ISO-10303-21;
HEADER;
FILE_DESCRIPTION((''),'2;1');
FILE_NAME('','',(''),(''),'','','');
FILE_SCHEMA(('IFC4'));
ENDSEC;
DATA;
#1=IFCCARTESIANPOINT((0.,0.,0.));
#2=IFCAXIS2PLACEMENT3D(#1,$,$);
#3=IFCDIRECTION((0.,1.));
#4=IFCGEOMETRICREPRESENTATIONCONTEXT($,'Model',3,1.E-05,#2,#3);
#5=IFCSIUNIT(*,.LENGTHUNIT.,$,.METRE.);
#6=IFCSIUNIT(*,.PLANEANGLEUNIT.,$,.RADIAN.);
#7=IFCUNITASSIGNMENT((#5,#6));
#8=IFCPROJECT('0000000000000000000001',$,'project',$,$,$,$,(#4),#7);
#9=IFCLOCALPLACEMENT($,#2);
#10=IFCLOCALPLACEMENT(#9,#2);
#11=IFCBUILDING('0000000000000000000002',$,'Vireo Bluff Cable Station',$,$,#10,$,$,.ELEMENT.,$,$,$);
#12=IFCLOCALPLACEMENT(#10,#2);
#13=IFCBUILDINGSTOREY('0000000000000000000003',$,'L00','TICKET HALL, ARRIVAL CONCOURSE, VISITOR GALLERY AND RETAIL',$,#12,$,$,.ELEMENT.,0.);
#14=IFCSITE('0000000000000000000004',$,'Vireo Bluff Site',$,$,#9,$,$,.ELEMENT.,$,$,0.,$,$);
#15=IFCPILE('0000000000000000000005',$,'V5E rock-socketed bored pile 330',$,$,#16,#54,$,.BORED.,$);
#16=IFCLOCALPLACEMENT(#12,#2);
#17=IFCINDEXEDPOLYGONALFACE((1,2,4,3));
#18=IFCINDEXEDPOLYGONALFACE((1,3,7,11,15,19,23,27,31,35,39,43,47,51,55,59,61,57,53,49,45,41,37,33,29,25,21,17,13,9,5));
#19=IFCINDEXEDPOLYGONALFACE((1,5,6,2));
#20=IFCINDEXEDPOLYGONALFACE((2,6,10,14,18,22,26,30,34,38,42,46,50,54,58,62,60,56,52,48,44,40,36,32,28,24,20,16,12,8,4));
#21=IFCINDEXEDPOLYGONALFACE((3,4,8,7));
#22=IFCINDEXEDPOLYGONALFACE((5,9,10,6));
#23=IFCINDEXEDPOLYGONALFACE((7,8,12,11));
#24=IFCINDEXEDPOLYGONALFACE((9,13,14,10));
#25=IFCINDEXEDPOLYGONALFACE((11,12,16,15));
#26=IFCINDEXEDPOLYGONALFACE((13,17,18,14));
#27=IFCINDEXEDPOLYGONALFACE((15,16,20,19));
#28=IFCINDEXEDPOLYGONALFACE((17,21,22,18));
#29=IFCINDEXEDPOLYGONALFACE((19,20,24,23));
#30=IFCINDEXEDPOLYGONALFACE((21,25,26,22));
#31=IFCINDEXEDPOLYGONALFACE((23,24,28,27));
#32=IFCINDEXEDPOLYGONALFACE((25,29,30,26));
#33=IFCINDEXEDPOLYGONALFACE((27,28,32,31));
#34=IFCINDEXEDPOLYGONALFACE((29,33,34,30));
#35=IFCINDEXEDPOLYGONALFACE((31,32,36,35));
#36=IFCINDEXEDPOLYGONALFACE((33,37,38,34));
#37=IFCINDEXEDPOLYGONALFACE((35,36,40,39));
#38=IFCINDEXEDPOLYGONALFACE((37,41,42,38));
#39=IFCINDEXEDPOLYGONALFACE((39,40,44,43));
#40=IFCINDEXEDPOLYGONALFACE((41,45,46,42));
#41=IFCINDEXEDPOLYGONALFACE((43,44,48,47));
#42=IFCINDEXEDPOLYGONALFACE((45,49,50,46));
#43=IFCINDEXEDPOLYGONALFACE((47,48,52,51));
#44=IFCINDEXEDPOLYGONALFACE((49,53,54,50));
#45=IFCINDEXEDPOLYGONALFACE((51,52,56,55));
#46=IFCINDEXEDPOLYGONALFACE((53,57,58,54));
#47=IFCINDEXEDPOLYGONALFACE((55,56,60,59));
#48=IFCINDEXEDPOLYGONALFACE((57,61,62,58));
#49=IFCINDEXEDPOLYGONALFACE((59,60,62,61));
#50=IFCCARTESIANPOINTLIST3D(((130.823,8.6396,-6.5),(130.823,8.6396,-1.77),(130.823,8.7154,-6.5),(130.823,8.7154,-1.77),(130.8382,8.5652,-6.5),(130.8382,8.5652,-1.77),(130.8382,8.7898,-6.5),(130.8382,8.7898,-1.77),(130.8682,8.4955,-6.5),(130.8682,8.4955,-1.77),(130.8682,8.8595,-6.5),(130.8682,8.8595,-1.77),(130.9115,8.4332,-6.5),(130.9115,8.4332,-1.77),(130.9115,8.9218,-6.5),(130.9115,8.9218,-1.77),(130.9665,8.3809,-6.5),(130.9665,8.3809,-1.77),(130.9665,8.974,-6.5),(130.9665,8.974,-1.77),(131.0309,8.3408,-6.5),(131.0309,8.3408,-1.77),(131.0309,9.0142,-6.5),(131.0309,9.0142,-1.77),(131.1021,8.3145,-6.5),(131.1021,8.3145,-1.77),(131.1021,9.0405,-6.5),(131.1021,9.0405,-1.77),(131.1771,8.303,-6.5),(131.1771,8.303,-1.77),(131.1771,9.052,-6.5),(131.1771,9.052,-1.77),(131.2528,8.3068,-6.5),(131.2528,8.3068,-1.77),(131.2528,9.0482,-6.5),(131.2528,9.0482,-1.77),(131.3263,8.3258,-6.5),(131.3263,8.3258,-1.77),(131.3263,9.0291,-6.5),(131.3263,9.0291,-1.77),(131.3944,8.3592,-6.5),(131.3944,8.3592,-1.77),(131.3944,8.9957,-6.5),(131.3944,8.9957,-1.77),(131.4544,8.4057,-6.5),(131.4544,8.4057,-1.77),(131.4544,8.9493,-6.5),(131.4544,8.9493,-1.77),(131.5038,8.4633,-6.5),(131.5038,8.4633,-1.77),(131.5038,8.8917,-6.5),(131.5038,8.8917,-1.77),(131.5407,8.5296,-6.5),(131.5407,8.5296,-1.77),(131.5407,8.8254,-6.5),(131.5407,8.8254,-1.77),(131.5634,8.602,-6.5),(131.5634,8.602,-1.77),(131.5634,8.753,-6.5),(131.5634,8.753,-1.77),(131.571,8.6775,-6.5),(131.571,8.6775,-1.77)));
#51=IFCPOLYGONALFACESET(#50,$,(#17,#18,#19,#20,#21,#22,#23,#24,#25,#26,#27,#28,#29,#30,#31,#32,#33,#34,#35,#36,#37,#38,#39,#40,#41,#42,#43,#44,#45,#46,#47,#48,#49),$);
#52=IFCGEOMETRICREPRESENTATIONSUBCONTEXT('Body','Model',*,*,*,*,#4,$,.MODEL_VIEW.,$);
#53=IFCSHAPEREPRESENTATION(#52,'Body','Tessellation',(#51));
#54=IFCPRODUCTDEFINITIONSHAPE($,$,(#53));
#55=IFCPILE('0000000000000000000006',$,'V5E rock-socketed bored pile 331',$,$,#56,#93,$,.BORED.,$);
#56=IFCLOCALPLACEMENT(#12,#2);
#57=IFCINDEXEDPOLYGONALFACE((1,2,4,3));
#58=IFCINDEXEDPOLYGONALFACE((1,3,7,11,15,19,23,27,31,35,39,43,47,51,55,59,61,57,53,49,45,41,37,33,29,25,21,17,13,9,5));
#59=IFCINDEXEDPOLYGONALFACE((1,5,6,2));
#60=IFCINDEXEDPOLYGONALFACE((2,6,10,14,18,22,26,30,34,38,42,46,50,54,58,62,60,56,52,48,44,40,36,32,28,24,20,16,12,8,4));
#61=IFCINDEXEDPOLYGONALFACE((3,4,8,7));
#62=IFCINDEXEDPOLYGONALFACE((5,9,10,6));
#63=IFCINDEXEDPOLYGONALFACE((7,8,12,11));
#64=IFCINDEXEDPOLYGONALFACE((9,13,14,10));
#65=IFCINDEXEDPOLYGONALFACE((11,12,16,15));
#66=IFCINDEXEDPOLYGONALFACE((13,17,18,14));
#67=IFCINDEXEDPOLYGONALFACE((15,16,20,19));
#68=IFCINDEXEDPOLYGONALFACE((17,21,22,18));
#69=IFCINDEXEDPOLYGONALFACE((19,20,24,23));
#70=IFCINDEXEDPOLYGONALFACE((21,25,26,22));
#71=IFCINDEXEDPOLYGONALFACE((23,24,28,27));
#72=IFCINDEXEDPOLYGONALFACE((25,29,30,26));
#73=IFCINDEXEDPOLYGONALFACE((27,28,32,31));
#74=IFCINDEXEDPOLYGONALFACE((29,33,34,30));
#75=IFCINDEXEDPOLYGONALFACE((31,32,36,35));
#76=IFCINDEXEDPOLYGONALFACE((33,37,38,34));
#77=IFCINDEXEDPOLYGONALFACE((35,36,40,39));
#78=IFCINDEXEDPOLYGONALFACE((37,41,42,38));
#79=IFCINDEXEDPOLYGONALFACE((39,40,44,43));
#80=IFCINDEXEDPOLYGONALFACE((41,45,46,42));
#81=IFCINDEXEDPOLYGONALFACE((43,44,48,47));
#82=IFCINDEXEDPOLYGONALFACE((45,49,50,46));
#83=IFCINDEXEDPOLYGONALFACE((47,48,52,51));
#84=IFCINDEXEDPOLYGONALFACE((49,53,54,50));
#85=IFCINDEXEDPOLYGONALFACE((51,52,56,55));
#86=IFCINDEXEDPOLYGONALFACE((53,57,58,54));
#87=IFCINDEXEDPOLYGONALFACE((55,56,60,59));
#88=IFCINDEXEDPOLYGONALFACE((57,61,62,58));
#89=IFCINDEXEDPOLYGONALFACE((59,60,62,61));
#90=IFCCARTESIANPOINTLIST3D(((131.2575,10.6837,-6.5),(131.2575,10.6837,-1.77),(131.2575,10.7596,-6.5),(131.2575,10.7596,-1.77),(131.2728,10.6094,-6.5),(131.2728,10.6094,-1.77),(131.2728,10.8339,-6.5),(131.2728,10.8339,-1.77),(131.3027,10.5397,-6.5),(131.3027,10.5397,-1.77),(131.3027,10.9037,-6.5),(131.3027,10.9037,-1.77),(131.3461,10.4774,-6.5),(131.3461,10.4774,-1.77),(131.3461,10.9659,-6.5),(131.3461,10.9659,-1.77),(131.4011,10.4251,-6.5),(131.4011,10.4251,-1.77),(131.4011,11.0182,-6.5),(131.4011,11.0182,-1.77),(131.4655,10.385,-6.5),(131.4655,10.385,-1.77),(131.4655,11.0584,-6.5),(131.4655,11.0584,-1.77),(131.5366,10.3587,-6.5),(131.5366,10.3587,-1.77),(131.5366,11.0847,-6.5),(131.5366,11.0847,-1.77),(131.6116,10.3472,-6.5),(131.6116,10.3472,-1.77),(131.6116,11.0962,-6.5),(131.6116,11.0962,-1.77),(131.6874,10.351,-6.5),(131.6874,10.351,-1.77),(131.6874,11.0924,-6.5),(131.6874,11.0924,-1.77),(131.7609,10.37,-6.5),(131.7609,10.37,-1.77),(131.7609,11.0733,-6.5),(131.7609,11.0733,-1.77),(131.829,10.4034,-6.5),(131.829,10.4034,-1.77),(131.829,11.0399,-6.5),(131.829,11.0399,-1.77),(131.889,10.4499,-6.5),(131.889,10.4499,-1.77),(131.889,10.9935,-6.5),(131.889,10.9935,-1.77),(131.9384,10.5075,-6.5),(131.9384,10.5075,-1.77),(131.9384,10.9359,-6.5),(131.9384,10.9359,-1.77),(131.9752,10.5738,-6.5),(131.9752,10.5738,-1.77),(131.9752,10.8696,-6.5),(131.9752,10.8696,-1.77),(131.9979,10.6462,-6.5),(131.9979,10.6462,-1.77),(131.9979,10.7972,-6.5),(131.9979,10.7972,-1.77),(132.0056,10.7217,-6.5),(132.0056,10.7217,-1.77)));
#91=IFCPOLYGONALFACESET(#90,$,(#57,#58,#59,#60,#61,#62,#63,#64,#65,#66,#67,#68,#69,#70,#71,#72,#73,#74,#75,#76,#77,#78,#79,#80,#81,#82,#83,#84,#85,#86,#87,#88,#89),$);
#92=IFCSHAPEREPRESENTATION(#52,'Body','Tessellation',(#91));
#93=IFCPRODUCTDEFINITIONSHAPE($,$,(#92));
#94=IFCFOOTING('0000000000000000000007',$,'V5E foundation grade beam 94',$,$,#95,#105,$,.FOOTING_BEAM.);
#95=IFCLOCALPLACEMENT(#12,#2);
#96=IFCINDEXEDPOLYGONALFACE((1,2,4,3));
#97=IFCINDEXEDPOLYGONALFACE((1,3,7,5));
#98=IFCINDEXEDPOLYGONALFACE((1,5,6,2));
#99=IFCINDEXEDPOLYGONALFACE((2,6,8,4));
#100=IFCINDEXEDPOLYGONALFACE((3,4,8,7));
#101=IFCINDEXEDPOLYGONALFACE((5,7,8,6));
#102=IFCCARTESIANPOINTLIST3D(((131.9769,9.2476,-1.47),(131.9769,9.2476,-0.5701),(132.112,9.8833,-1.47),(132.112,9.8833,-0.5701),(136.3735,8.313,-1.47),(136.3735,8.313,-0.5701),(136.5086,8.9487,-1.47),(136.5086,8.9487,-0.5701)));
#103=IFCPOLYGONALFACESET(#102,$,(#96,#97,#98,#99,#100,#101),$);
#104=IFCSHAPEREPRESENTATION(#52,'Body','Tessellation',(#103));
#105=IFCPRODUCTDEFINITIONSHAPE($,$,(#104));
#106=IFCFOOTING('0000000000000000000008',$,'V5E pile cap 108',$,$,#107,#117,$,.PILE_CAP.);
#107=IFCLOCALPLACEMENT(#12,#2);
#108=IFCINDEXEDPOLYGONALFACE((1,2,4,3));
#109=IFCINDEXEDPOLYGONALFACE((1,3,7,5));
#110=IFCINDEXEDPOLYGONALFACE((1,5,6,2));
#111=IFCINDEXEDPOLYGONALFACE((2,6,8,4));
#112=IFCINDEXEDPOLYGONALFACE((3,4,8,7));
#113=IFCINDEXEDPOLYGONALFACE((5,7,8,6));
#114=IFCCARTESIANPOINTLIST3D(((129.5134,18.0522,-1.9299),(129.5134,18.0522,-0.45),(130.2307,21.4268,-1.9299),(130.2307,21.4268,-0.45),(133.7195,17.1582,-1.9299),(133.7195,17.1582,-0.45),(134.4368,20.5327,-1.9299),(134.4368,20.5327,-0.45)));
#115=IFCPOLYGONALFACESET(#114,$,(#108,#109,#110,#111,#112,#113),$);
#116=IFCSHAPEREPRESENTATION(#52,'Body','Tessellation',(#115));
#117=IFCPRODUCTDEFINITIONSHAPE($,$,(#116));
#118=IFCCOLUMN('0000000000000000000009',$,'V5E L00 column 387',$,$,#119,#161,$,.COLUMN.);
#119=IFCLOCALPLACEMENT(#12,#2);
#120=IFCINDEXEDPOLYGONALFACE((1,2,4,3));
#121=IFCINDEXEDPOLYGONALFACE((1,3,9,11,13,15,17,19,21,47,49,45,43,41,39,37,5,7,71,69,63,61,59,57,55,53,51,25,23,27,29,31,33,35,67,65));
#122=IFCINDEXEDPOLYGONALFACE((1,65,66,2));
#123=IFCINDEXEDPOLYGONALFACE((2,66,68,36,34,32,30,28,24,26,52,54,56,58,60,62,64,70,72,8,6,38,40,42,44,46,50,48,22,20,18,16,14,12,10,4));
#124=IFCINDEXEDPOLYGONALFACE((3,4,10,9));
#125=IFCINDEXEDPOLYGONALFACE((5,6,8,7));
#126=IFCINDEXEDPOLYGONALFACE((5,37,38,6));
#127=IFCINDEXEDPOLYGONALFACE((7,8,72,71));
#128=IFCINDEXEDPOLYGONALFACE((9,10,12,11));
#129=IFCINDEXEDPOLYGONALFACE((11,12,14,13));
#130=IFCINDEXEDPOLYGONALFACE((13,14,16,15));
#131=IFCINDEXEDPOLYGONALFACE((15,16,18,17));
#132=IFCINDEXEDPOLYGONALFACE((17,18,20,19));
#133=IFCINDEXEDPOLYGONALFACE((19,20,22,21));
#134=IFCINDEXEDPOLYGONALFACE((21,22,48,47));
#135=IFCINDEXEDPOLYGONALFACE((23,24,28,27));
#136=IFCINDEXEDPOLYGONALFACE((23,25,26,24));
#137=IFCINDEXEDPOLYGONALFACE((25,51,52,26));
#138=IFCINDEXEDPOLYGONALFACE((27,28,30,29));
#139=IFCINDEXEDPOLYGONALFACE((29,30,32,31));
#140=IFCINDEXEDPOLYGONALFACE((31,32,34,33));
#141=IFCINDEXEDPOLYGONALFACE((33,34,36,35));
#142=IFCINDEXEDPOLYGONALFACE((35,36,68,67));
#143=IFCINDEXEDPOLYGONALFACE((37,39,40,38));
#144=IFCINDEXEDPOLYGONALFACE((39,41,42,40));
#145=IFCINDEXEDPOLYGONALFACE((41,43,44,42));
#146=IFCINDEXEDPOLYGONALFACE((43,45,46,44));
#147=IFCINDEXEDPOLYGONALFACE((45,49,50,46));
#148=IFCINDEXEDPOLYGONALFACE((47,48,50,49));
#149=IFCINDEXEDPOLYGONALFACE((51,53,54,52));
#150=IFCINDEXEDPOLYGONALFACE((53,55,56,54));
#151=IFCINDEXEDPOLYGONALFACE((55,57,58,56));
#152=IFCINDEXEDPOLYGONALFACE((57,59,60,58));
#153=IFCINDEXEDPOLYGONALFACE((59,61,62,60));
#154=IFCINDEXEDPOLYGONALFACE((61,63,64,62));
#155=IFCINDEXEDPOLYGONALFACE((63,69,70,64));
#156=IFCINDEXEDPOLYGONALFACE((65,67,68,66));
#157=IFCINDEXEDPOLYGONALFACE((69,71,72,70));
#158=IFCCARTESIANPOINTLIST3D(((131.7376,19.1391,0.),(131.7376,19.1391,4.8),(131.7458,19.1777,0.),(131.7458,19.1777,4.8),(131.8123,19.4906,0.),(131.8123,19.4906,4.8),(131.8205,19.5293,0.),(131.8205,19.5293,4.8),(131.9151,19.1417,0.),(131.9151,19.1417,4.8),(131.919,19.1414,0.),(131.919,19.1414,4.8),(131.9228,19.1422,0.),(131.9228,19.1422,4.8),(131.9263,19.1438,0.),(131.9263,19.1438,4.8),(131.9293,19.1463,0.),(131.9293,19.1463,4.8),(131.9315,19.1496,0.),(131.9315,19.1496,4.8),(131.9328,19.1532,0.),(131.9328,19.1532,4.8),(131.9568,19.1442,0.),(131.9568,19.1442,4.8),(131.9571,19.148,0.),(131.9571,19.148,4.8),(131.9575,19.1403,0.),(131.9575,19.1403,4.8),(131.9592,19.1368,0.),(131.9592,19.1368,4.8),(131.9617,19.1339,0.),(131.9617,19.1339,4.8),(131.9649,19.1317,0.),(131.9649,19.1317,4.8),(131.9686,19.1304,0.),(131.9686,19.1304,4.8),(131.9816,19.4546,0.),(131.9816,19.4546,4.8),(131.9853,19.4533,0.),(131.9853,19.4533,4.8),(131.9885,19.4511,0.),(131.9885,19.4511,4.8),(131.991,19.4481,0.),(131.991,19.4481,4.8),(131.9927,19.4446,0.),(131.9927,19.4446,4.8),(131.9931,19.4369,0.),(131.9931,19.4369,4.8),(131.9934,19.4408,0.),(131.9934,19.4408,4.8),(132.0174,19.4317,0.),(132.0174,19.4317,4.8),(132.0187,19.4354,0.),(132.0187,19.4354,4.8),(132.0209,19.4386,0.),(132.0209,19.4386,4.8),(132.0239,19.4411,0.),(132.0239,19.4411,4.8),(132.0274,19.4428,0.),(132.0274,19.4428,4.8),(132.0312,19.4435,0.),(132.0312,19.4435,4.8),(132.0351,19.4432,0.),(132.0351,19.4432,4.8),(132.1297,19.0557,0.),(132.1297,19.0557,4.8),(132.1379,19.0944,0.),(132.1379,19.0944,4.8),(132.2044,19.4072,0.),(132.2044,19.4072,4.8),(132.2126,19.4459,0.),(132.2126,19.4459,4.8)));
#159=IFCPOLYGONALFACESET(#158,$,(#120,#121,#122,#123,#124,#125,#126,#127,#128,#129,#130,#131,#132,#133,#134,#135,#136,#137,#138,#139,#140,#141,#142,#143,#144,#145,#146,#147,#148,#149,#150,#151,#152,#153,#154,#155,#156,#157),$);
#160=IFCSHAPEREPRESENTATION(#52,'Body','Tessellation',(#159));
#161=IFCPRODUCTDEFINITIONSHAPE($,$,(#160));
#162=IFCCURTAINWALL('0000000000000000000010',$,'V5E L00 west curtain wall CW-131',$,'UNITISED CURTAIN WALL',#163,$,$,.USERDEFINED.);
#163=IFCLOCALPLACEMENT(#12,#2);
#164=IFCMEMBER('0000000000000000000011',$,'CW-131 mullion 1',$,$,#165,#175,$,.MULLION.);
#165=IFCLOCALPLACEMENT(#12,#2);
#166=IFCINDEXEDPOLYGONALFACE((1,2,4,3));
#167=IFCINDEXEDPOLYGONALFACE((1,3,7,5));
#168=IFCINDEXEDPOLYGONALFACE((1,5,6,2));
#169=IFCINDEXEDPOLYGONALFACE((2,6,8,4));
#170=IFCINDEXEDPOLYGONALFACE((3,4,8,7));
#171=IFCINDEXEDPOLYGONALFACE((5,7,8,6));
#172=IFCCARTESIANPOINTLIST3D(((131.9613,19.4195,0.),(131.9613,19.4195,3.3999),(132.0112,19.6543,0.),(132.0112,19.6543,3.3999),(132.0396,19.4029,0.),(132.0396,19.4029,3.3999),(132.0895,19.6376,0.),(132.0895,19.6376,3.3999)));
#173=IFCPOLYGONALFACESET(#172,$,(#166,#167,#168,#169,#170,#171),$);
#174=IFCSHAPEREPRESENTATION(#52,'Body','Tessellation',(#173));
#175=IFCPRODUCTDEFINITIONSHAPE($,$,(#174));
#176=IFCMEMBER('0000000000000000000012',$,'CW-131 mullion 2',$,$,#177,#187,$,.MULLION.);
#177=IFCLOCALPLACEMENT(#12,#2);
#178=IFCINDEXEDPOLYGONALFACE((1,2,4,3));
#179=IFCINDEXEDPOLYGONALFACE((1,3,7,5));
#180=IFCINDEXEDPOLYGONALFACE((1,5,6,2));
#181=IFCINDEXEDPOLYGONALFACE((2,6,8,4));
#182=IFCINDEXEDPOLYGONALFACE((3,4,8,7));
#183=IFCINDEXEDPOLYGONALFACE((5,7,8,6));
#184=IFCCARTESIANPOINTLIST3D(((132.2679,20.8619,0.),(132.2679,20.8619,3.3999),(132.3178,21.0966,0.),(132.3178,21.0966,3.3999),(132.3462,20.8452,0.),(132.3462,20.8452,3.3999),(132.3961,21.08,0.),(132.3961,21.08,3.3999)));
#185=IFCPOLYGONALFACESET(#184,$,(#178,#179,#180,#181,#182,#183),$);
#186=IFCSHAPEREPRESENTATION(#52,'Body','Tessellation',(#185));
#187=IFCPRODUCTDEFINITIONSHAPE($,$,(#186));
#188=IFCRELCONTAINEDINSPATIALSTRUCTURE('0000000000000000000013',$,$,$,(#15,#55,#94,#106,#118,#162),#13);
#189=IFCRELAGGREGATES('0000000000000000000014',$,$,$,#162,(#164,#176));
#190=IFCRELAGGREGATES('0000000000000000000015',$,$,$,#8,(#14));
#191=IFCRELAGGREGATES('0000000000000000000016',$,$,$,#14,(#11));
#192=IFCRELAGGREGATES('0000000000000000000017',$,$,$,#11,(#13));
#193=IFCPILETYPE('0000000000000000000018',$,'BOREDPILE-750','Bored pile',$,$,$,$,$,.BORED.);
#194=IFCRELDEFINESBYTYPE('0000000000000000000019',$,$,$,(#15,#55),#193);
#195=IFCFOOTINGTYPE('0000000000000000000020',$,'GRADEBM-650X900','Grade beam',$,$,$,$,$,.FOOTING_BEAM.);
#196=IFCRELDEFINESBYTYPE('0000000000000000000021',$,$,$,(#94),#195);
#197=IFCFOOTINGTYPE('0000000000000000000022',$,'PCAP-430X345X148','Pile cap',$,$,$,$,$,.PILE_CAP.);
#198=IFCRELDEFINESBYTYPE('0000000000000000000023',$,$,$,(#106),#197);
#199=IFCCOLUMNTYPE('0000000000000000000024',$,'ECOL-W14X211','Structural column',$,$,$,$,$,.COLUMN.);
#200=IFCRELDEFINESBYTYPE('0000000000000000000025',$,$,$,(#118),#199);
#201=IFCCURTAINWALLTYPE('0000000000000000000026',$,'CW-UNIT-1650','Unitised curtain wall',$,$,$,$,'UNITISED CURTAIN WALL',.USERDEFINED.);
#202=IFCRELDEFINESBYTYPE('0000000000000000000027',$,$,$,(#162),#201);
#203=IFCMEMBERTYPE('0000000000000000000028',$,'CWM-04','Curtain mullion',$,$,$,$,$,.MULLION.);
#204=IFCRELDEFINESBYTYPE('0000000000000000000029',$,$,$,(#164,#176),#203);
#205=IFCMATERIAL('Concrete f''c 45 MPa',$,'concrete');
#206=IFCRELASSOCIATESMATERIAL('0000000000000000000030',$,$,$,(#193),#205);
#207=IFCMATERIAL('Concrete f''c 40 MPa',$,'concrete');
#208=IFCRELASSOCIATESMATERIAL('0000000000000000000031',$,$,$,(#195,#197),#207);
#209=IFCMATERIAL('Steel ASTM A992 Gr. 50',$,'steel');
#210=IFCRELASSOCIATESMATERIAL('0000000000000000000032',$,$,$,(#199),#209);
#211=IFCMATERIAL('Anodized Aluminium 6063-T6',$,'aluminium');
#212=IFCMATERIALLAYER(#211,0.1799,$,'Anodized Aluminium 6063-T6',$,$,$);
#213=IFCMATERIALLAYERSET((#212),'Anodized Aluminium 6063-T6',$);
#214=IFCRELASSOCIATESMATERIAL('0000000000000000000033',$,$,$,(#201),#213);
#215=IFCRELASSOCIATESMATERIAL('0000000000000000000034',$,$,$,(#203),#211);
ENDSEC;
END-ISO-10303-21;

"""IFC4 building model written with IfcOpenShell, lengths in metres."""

from ifc_helpers import new_model, si_unit, direction, frame, origin, origin_2d, place, context, subcontext, project, spatial, rectangle, circle, i_section, extrude, material, layer, layer_set, material_profile, profile_set, type_object, element, aggregate, save


model = new_model("IFC4")

# Units and contexts
model_context = context("Model", 3, precision=1e-05, world=origin(), true_north=direction((0.0, 1.0)))
body_context = subcontext(model_context, "Body", "Model", "MODEL_VIEW")
ifc_project = project(units=[si_unit("LENGTHUNIT", "METRE"), si_unit("PLANEANGLEUNIT", "RADIAN")], contexts=[model_context])

# Site, building, storey
site_placement = place(None, origin())
site = spatial("IfcSite", under=ifc_project, at=site_placement, Name="Vireo Bluff Site", CompositionType="ELEMENT", RefElevation=0.0)
building_placement = place(site_placement, origin())
building = spatial("IfcBuilding", under=site, at=building_placement, Name="Vireo Bluff Cable Station", CompositionType="ELEMENT")
storey_placement = place(building_placement, origin())
storey = spatial("IfcBuildingStorey", under=building, at=storey_placement, Name="L00", Description="TICKET HALL, ARRIVAL CONCOURSE, VISITOR GALLERY AND RETAIL", CompositionType="ELEMENT", Elevation=0.0)

# Piles
ifc_material_1 = material(Name="Concrete f'c 45 MPa", Category="concrete")
ifc_material_profile_1 = material_profile(ifc_material_1, circle(Radius=0.375, at=origin_2d()), Name="BOREDPILE-750")
ifc_profile_set_1 = profile_set([ifc_material_profile_1], Name="Concrete f'c 45 MPa")
pile_type = type_object("IfcPileType", Name="BOREDPILE-750", Description="Bored pile", PredefinedType="BORED", material=ifc_profile_set_1)
for number, where, z_axis, x_axis, name in (
    (1, (131.196, 8.6775, -1.77), (0.0, 0.0, -1.0), (1.0, 0.0, 0.0), "V5E rock-socketed bored pile 330"),
    (2, (131.6306, 10.7217, -1.77), (0.0, 0.0, -1.0), (1.0, 0.0, 0.0), "V5E rock-socketed bored pile 331"),
):
    element("IfcPile", number, at=place(storey_placement, frame(where, z_axis=z_axis, x_axis=x_axis)), inside=storey, type_object=pile_type, Name=name, PredefinedType="BORED", context=body_context, shape_type="SweptSolid", body=[
        extrude(circle(Radius=0.375, at=origin_2d()), origin(), (0.0, 0.0, 1.0), 4.73),
    ])

# Footings
ifc_material_2 = material(Name="Concrete f'c 40 MPa", Category="concrete")
ifc_material_profile_2 = material_profile(ifc_material_2, rectangle(XDim=0.6499, YDim=0.8999, at=origin_2d()), Name="GRADEBM-650X900")
ifc_profile_set_2 = profile_set([ifc_material_profile_2], Name="Concrete f'c 40 MPa")
footing_type_1 = type_object("IfcFootingType", Name="GRADEBM-650X900", Description="Grade beam", PredefinedType="FOOTING_BEAM", material=ifc_profile_set_2)
footing_1_placement = place(storey_placement, frame((132.0444, 9.5654, -1.02), z_axis=(0.978147, -0.207915, 0.0), x_axis=(0.207915, 0.978147, 0.0)))
element("IfcFooting", 3, at=footing_1_placement, inside=storey, type_object=footing_type_1, Name="V5E foundation grade beam 94", PredefinedType="FOOTING_BEAM", context=body_context, shape_type="SweptSolid", body=[
    extrude(rectangle(XDim=0.6499, YDim=0.8999, at=origin_2d()), origin(), (0.0, 0.0, 1.0), 4.4949),
])
footing_type_2 = type_object("IfcFootingType", Name="PCAP-430X345X148", Description="Pile cap", PredefinedType="PILE_CAP", material=ifc_material_2)
footing_2_placement = place(storey_placement, frame((131.9751, 19.2925, -1.9299), z_axis=(0.0, 0.0, 1.0), x_axis=(0.978148, -0.207912, 0.0)))
element("IfcFooting", 4, at=footing_2_placement, inside=storey, type_object=footing_type_2, Name="V5E pile cap 108", PredefinedType="PILE_CAP", context=body_context, shape_type="SweptSolid", body=[
    extrude(rectangle(XDim=4.3, YDim=3.45, at=origin_2d()), origin(), (0.0, 0.0, 1.0), 1.48),
])

# Column
ifc_material_3 = material(Name="Steel ASTM A992 Gr. 50", Category="steel")
ifc_material_profile_3 = material_profile(ifc_material_3, i_section(OverallWidth=0.4009, OverallDepth=0.3989, WebThickness=0.0249, FlangeThickness=0.0396, FilletRadius=0.0149, at=origin_2d()), Name="W14X211")
ifc_profile_set_3 = profile_set([ifc_material_profile_3], Name="Steel ASTM A992 Gr. 50")
column_type = type_object("IfcColumnType", Name="ECOL-W14X211", Description="Structural column", PredefinedType="COLUMN", material=ifc_profile_set_3)
column_placement = place(storey_placement, frame((131.9751, 19.2925, 0.0), z_axis=(0.0, 0.0, 1.0), x_axis=(0.978148, -0.207912, 0.0)))
element("IfcColumn", 5, at=column_placement, inside=storey, type_object=column_type, Name="V5E L00 column 387", PredefinedType="COLUMN", context=body_context, shape_type="SweptSolid", body=[
    extrude(i_section(OverallWidth=0.4009, OverallDepth=0.3989, WebThickness=0.0249, FlangeThickness=0.0396, FilletRadius=0.0149, at=origin_2d()), origin(), (0.0, 0.0, 1.0), 4.8),
])

# Curtain wall, members
ifc_material_4 = material(Name="Anodized Aluminium 6063-T6", Category="aluminium")
ifc_layer_1 = layer(ifc_material_4, 0.1799, Name="Anodized Aluminium 6063-T6")
ifc_layer_set_1 = layer_set([ifc_layer_1], Name="Anodized Aluminium 6063-T6")
curtain_wall_type = type_object("IfcCurtainWallType", Name="CW-UNIT-1650", Description="Unitised curtain wall", ElementType="UNITISED CURTAIN WALL", PredefinedType="USERDEFINED", material=ifc_layer_set_1)
curtain_wall_placement = place(storey_placement, origin())
curtain_wall = element("IfcCurtainWall", 6, at=curtain_wall_placement, inside=storey, type_object=curtain_wall_type, Name="V5E L00 west curtain wall CW-131", ObjectType="UNITISED CURTAIN WALL", PredefinedType="USERDEFINED")
ifc_material_profile_4 = material_profile(ifc_material_4, rectangle(XDim=0.0801, YDim=0.24, at=origin_2d()), Name="ALU-M-80X240")
ifc_profile_set_4 = profile_set([ifc_material_profile_4], Name="Anodized Aluminium 6063-T6")
member_type_1 = type_object("IfcMemberType", Name="CWM-04", Description="Curtain mullion", PredefinedType="MULLION", material=ifc_profile_set_4)
member_1_placement = place(storey_placement, frame((132.0254, 19.5286, 0.0), z_axis=(0.0, 0.0, 1.0), x_axis=(-0.978148, 0.207912, 0.0)))
member_1 = element("IfcMember", 7, at=member_1_placement, type_object=member_type_1, Name="CW-131 mullion 1", PredefinedType="MULLION", context=body_context, shape_type="SweptSolid", body=[
    extrude(rectangle(XDim=0.0801, YDim=0.24, at=origin_2d()), origin(), (0.0, 0.0, 1.0), 3.3999),
])
member_2_placement = place(storey_placement, frame((132.332, 20.9709, 0.0), z_axis=(0.0, 0.0, 1.0), x_axis=(-0.978148, 0.207912, 0.0)))
member_2 = element("IfcMember", 8, at=member_2_placement, type_object=member_type_1, Name="CW-131 mullion 2", PredefinedType="MULLION", context=body_context, shape_type="SweptSolid", body=[
    extrude(rectangle(XDim=0.0801, YDim=0.24, at=origin_2d()), origin(), (0.0, 0.0, 1.0), 3.3999),
])

aggregate(curtain_wall, [member_1, member_2])

save(model, "model.ifc")
